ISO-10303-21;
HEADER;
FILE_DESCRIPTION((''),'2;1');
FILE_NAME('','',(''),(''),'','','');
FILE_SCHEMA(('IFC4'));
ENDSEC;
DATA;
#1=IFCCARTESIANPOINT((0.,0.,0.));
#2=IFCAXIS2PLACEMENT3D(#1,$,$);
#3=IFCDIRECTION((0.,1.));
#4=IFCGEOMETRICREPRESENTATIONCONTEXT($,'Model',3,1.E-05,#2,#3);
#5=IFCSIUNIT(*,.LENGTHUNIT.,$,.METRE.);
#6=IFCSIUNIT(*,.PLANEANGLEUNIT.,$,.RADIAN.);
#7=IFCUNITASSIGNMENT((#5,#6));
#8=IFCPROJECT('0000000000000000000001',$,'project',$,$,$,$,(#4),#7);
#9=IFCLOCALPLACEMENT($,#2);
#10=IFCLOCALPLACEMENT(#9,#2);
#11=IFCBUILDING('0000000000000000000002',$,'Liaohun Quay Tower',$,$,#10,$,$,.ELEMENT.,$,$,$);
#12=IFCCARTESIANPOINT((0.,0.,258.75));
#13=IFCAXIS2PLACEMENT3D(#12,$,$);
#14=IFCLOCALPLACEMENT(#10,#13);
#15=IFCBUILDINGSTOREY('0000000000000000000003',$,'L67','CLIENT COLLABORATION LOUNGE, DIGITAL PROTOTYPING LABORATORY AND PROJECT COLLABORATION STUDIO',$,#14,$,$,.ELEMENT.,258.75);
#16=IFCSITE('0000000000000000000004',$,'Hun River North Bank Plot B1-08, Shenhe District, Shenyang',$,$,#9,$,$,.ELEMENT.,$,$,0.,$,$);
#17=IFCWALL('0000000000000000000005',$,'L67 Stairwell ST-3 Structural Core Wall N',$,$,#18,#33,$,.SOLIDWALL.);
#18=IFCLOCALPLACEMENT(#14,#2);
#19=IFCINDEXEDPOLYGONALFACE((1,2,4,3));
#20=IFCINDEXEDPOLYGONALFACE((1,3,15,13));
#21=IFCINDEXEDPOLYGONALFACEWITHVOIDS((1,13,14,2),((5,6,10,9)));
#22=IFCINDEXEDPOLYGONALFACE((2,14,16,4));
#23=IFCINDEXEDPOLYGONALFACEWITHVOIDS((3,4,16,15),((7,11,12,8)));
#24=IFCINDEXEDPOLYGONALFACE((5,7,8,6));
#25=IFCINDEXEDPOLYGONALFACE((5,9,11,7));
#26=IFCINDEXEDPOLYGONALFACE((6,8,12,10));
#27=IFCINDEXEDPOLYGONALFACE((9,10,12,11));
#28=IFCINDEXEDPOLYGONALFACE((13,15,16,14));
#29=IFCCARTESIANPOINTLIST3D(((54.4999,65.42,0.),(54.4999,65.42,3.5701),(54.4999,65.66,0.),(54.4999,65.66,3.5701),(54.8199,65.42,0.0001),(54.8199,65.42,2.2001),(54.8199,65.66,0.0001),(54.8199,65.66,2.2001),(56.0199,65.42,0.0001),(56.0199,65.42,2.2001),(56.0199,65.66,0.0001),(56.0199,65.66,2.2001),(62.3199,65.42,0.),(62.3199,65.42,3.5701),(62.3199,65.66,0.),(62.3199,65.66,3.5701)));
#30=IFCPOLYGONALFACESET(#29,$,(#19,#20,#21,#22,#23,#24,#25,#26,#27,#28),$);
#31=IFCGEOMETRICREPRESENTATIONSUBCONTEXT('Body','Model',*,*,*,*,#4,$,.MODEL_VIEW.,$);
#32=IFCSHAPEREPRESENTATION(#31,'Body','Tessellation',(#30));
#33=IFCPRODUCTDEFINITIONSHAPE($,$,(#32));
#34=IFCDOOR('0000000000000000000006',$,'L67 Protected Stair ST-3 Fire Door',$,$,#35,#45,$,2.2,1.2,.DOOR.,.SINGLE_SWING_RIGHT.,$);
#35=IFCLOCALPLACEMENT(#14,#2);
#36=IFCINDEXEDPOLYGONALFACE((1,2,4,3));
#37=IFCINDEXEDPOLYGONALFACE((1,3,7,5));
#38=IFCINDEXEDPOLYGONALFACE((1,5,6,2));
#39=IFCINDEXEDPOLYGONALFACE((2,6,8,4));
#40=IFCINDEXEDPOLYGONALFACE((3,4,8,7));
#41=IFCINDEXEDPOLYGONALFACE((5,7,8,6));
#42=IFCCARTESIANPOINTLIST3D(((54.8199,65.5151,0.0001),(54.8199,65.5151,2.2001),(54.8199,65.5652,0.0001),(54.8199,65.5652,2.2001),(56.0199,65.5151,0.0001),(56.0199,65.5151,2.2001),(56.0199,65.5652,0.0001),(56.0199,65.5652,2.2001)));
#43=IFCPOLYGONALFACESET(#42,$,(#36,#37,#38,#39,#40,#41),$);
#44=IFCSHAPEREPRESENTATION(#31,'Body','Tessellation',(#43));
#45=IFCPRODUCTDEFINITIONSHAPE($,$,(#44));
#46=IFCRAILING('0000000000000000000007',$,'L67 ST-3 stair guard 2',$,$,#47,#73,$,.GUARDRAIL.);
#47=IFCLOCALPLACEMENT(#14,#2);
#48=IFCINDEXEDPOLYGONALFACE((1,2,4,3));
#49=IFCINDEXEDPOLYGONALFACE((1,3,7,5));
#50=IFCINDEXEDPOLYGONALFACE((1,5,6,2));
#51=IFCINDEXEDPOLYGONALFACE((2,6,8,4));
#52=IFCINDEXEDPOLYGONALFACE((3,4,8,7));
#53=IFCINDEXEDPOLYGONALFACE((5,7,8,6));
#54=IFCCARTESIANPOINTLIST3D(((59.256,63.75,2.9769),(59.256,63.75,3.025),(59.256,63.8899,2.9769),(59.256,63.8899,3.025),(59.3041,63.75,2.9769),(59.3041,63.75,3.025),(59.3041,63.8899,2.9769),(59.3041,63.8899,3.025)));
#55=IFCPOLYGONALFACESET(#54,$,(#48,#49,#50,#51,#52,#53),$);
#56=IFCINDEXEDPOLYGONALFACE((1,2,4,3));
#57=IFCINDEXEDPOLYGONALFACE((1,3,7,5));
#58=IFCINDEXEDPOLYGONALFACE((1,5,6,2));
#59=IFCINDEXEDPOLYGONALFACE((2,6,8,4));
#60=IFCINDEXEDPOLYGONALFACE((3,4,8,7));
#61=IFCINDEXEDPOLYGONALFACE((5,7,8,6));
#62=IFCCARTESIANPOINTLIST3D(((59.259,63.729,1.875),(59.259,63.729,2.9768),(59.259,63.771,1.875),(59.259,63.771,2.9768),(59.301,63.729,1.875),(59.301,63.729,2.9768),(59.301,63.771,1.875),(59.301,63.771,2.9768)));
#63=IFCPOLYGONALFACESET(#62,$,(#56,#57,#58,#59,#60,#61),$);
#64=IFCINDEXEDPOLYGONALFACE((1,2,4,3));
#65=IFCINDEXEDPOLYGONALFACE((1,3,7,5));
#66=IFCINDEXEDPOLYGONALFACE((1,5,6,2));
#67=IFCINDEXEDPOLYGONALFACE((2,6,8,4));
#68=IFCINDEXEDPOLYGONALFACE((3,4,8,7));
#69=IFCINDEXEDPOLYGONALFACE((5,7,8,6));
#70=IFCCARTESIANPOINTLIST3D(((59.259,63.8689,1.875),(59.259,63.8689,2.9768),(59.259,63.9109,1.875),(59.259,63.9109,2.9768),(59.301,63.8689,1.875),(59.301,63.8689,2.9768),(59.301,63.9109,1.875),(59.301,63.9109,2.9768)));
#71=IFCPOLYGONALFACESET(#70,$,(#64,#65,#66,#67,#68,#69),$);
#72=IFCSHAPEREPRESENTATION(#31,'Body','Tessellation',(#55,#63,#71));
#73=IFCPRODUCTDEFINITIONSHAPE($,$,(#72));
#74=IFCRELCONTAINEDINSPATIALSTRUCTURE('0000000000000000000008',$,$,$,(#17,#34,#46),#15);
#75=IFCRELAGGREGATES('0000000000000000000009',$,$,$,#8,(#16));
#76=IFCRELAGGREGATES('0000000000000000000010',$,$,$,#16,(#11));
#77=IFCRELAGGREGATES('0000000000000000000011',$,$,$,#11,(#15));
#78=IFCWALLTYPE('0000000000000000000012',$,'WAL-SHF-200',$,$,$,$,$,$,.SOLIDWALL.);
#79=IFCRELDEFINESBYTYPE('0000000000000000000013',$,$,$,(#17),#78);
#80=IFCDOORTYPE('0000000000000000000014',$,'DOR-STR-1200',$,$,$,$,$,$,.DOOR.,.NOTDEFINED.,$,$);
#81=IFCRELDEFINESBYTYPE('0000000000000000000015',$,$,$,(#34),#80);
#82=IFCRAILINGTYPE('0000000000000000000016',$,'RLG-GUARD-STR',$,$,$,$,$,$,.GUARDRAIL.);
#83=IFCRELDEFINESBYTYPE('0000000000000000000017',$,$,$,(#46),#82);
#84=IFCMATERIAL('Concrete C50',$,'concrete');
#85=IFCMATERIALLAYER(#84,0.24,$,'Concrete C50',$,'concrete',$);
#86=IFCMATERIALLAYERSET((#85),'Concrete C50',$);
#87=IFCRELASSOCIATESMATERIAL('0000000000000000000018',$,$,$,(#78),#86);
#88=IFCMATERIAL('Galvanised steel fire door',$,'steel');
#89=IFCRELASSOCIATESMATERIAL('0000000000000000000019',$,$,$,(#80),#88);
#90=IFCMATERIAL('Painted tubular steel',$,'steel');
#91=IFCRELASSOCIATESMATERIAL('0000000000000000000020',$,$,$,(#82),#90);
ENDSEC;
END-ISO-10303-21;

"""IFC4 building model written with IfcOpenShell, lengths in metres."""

from ifc_helpers import new_model, si_unit, direction, frame, frame_2d, origin, origin_2d, place, context, subcontext, project, spatial, rectangle, extrude, source, transform, mapped, material, layer, layer_set, type_object, element, fill, save


model = new_model("IFC4")

# Units and contexts
model_context = context("Model", 3, precision=1e-05, world=origin(), true_north=direction((0.0, 1.0)))
body_context = subcontext(model_context, "Body", "Model", "MODEL_VIEW")
ifc_project = project(units=[si_unit("LENGTHUNIT", "METRE"), si_unit("PLANEANGLEUNIT", "RADIAN")], contexts=[model_context])

# Site, building, storey
site_placement = place(None, origin())
site = spatial("IfcSite", under=ifc_project, at=site_placement, Name="Hun River North Bank Plot B1-08, Shenhe District, Shenyang", CompositionType="ELEMENT", RefElevation=0.0)
building_placement = place(site_placement, origin())
building = spatial("IfcBuilding", under=site, at=building_placement, Name="Liaohun Quay Tower", CompositionType="ELEMENT")
storey_placement = place(building_placement, frame((0.0, 0.0, 258.75)))
storey = spatial("IfcBuildingStorey", under=building, at=storey_placement, Name="L67", Description="CLIENT COLLABORATION LOUNGE, DIGITAL PROTOTYPING LABORATORY AND PROJECT COLLABORATION STUDIO", CompositionType="ELEMENT", Elevation=258.75)

# Shared definitions
ifc_material_1 = material(Name="Concrete C50", Category="concrete")
ifc_layer_1 = layer(ifc_material_1, 0.24, Name="Concrete C50", Category="concrete")
ifc_layer_set_1 = layer_set([ifc_layer_1], Name="Concrete C50")
wall_type_1 = type_object("IfcWallType", Name="WAL-SHF-200", PredefinedType="SOLIDWALL", material=ifc_layer_set_1)

# Wall, opening, door
wall_1_placement = place(storey_placement, frame((62.3201, 65.54, 0.0), z_axis=(0.0, 0.0, 1.0), x_axis=(-1.0, 0.0, 0.0)))
wall_1 = element("IfcWall", 1, at=wall_1_placement, inside=storey, type_object=wall_type_1, Name="L67 Stairwell ST-3 Structural Core Wall N", PredefinedType="SOLIDWALL", context=body_context, shape_type="SweptSolid", body=[
    extrude(rectangle(XDim=7.8201, YDim=0.24, at=frame_2d((3.9102, 0.0))), origin(), (0.0, 0.0, 1.0), 3.5701),
])
shared_shape_1 = source(origin(), body_context, "Body", "SweptSolid", [
    extrude(rectangle(XDim=1.2, YDim=2.2, at=frame_2d((0.6001, 1.1001))), frame((0.0, 0.1299, 0.0), z_axis=(0.0, -1.0, 0.0), x_axis=(1.0, 0.0, 0.0)), (0.0, 0.0, 1.0), 0.26),
])
opening_1_placement = place(wall_1_placement, frame((6.3, 0.0, 0.0)))
opening_1 = element("IfcOpeningElement", 2, at=opening_1_placement, cuts=wall_1, PredefinedType="OPENING", context=body_context, shape_type="MappedRepresentation", body=[
    mapped(shared_shape_1, transform((0.0, 0.0, 0.0), x_axis=(1.0, 0.0, 0.0), y_axis=(0.0, 1.0, 0.0), z_axis=(0.0, 0.0, 1.0), scale=1.0)),
])
ifc_material_2 = material(Name="Galvanised steel fire door", Category="steel")
door_type_1 = type_object("IfcDoorType", Name="DOR-STR-1200", OperationType="NOTDEFINED", PredefinedType="DOOR", material=ifc_material_2)
shared_shape_2 = source(origin(), body_context, "Body", "SweptSolid", [
    extrude(rectangle(XDim=1.2, YDim=2.2, at=frame_2d((0.6001, 1.1001))), frame((0.0, 0.0249, 0.0), z_axis=(0.0, -1.0, 0.0), x_axis=(1.0, 0.0, 0.0)), (0.0, 0.0, 1.0), 0.05),
])
door_1_placement = place(opening_1_placement, origin())
door_1 = element("IfcDoor", 3, at=door_1_placement, inside=storey, type_object=door_type_1, Name="L67 Protected Stair ST-3 Fire Door", OperationType="SINGLE_SWING_RIGHT", OverallHeight=2.2, OverallWidth=1.2, PredefinedType="DOOR", context=body_context, shape_type="MappedRepresentation", body=[
    mapped(shared_shape_2, transform((0.0, 0.0, 0.0), x_axis=(1.0, 0.0, 0.0), y_axis=(0.0, 1.0, 0.0), z_axis=(0.0, 0.0, 1.0), scale=1.0)),
])
fill(opening_1, door_1)

# Railing
ifc_material_3 = material(Name="Painted tubular steel", Category="steel")
railing_type = type_object("IfcRailingType", Name="RLG-GUARD-STR", PredefinedType="GUARDRAIL", material=ifc_material_3)
railing_placement = place(storey_placement, frame((59.28, 63.75, 1.875)))
element("IfcRailing", 4, at=railing_placement, inside=storey, type_object=railing_type, Name="L67 ST-3 stair guard 2", PredefinedType="GUARDRAIL", context=body_context, shape_type="SweptSolid", body=[
    extrude(rectangle(XDim=0.0481, YDim=0.0481, at=origin_2d()), frame((0.0, 0.0, 1.126), z_axis=(0.0, 1.0, 0.0), x_axis=(-1.0, 0.0, 0.0)), (0.0, 0.0, 1.0), 0.1399),
    extrude(rectangle(XDim=0.042, YDim=0.042, at=origin_2d()), origin(), (0.0, 0.0, 1.0), 1.1018),
    extrude(rectangle(XDim=0.042, YDim=0.042, at=origin_2d()), frame((0.0, 0.1399, 0.0)), (0.0, 0.0, 1.0), 1.1018),
])

save(model, "model.ifc")
